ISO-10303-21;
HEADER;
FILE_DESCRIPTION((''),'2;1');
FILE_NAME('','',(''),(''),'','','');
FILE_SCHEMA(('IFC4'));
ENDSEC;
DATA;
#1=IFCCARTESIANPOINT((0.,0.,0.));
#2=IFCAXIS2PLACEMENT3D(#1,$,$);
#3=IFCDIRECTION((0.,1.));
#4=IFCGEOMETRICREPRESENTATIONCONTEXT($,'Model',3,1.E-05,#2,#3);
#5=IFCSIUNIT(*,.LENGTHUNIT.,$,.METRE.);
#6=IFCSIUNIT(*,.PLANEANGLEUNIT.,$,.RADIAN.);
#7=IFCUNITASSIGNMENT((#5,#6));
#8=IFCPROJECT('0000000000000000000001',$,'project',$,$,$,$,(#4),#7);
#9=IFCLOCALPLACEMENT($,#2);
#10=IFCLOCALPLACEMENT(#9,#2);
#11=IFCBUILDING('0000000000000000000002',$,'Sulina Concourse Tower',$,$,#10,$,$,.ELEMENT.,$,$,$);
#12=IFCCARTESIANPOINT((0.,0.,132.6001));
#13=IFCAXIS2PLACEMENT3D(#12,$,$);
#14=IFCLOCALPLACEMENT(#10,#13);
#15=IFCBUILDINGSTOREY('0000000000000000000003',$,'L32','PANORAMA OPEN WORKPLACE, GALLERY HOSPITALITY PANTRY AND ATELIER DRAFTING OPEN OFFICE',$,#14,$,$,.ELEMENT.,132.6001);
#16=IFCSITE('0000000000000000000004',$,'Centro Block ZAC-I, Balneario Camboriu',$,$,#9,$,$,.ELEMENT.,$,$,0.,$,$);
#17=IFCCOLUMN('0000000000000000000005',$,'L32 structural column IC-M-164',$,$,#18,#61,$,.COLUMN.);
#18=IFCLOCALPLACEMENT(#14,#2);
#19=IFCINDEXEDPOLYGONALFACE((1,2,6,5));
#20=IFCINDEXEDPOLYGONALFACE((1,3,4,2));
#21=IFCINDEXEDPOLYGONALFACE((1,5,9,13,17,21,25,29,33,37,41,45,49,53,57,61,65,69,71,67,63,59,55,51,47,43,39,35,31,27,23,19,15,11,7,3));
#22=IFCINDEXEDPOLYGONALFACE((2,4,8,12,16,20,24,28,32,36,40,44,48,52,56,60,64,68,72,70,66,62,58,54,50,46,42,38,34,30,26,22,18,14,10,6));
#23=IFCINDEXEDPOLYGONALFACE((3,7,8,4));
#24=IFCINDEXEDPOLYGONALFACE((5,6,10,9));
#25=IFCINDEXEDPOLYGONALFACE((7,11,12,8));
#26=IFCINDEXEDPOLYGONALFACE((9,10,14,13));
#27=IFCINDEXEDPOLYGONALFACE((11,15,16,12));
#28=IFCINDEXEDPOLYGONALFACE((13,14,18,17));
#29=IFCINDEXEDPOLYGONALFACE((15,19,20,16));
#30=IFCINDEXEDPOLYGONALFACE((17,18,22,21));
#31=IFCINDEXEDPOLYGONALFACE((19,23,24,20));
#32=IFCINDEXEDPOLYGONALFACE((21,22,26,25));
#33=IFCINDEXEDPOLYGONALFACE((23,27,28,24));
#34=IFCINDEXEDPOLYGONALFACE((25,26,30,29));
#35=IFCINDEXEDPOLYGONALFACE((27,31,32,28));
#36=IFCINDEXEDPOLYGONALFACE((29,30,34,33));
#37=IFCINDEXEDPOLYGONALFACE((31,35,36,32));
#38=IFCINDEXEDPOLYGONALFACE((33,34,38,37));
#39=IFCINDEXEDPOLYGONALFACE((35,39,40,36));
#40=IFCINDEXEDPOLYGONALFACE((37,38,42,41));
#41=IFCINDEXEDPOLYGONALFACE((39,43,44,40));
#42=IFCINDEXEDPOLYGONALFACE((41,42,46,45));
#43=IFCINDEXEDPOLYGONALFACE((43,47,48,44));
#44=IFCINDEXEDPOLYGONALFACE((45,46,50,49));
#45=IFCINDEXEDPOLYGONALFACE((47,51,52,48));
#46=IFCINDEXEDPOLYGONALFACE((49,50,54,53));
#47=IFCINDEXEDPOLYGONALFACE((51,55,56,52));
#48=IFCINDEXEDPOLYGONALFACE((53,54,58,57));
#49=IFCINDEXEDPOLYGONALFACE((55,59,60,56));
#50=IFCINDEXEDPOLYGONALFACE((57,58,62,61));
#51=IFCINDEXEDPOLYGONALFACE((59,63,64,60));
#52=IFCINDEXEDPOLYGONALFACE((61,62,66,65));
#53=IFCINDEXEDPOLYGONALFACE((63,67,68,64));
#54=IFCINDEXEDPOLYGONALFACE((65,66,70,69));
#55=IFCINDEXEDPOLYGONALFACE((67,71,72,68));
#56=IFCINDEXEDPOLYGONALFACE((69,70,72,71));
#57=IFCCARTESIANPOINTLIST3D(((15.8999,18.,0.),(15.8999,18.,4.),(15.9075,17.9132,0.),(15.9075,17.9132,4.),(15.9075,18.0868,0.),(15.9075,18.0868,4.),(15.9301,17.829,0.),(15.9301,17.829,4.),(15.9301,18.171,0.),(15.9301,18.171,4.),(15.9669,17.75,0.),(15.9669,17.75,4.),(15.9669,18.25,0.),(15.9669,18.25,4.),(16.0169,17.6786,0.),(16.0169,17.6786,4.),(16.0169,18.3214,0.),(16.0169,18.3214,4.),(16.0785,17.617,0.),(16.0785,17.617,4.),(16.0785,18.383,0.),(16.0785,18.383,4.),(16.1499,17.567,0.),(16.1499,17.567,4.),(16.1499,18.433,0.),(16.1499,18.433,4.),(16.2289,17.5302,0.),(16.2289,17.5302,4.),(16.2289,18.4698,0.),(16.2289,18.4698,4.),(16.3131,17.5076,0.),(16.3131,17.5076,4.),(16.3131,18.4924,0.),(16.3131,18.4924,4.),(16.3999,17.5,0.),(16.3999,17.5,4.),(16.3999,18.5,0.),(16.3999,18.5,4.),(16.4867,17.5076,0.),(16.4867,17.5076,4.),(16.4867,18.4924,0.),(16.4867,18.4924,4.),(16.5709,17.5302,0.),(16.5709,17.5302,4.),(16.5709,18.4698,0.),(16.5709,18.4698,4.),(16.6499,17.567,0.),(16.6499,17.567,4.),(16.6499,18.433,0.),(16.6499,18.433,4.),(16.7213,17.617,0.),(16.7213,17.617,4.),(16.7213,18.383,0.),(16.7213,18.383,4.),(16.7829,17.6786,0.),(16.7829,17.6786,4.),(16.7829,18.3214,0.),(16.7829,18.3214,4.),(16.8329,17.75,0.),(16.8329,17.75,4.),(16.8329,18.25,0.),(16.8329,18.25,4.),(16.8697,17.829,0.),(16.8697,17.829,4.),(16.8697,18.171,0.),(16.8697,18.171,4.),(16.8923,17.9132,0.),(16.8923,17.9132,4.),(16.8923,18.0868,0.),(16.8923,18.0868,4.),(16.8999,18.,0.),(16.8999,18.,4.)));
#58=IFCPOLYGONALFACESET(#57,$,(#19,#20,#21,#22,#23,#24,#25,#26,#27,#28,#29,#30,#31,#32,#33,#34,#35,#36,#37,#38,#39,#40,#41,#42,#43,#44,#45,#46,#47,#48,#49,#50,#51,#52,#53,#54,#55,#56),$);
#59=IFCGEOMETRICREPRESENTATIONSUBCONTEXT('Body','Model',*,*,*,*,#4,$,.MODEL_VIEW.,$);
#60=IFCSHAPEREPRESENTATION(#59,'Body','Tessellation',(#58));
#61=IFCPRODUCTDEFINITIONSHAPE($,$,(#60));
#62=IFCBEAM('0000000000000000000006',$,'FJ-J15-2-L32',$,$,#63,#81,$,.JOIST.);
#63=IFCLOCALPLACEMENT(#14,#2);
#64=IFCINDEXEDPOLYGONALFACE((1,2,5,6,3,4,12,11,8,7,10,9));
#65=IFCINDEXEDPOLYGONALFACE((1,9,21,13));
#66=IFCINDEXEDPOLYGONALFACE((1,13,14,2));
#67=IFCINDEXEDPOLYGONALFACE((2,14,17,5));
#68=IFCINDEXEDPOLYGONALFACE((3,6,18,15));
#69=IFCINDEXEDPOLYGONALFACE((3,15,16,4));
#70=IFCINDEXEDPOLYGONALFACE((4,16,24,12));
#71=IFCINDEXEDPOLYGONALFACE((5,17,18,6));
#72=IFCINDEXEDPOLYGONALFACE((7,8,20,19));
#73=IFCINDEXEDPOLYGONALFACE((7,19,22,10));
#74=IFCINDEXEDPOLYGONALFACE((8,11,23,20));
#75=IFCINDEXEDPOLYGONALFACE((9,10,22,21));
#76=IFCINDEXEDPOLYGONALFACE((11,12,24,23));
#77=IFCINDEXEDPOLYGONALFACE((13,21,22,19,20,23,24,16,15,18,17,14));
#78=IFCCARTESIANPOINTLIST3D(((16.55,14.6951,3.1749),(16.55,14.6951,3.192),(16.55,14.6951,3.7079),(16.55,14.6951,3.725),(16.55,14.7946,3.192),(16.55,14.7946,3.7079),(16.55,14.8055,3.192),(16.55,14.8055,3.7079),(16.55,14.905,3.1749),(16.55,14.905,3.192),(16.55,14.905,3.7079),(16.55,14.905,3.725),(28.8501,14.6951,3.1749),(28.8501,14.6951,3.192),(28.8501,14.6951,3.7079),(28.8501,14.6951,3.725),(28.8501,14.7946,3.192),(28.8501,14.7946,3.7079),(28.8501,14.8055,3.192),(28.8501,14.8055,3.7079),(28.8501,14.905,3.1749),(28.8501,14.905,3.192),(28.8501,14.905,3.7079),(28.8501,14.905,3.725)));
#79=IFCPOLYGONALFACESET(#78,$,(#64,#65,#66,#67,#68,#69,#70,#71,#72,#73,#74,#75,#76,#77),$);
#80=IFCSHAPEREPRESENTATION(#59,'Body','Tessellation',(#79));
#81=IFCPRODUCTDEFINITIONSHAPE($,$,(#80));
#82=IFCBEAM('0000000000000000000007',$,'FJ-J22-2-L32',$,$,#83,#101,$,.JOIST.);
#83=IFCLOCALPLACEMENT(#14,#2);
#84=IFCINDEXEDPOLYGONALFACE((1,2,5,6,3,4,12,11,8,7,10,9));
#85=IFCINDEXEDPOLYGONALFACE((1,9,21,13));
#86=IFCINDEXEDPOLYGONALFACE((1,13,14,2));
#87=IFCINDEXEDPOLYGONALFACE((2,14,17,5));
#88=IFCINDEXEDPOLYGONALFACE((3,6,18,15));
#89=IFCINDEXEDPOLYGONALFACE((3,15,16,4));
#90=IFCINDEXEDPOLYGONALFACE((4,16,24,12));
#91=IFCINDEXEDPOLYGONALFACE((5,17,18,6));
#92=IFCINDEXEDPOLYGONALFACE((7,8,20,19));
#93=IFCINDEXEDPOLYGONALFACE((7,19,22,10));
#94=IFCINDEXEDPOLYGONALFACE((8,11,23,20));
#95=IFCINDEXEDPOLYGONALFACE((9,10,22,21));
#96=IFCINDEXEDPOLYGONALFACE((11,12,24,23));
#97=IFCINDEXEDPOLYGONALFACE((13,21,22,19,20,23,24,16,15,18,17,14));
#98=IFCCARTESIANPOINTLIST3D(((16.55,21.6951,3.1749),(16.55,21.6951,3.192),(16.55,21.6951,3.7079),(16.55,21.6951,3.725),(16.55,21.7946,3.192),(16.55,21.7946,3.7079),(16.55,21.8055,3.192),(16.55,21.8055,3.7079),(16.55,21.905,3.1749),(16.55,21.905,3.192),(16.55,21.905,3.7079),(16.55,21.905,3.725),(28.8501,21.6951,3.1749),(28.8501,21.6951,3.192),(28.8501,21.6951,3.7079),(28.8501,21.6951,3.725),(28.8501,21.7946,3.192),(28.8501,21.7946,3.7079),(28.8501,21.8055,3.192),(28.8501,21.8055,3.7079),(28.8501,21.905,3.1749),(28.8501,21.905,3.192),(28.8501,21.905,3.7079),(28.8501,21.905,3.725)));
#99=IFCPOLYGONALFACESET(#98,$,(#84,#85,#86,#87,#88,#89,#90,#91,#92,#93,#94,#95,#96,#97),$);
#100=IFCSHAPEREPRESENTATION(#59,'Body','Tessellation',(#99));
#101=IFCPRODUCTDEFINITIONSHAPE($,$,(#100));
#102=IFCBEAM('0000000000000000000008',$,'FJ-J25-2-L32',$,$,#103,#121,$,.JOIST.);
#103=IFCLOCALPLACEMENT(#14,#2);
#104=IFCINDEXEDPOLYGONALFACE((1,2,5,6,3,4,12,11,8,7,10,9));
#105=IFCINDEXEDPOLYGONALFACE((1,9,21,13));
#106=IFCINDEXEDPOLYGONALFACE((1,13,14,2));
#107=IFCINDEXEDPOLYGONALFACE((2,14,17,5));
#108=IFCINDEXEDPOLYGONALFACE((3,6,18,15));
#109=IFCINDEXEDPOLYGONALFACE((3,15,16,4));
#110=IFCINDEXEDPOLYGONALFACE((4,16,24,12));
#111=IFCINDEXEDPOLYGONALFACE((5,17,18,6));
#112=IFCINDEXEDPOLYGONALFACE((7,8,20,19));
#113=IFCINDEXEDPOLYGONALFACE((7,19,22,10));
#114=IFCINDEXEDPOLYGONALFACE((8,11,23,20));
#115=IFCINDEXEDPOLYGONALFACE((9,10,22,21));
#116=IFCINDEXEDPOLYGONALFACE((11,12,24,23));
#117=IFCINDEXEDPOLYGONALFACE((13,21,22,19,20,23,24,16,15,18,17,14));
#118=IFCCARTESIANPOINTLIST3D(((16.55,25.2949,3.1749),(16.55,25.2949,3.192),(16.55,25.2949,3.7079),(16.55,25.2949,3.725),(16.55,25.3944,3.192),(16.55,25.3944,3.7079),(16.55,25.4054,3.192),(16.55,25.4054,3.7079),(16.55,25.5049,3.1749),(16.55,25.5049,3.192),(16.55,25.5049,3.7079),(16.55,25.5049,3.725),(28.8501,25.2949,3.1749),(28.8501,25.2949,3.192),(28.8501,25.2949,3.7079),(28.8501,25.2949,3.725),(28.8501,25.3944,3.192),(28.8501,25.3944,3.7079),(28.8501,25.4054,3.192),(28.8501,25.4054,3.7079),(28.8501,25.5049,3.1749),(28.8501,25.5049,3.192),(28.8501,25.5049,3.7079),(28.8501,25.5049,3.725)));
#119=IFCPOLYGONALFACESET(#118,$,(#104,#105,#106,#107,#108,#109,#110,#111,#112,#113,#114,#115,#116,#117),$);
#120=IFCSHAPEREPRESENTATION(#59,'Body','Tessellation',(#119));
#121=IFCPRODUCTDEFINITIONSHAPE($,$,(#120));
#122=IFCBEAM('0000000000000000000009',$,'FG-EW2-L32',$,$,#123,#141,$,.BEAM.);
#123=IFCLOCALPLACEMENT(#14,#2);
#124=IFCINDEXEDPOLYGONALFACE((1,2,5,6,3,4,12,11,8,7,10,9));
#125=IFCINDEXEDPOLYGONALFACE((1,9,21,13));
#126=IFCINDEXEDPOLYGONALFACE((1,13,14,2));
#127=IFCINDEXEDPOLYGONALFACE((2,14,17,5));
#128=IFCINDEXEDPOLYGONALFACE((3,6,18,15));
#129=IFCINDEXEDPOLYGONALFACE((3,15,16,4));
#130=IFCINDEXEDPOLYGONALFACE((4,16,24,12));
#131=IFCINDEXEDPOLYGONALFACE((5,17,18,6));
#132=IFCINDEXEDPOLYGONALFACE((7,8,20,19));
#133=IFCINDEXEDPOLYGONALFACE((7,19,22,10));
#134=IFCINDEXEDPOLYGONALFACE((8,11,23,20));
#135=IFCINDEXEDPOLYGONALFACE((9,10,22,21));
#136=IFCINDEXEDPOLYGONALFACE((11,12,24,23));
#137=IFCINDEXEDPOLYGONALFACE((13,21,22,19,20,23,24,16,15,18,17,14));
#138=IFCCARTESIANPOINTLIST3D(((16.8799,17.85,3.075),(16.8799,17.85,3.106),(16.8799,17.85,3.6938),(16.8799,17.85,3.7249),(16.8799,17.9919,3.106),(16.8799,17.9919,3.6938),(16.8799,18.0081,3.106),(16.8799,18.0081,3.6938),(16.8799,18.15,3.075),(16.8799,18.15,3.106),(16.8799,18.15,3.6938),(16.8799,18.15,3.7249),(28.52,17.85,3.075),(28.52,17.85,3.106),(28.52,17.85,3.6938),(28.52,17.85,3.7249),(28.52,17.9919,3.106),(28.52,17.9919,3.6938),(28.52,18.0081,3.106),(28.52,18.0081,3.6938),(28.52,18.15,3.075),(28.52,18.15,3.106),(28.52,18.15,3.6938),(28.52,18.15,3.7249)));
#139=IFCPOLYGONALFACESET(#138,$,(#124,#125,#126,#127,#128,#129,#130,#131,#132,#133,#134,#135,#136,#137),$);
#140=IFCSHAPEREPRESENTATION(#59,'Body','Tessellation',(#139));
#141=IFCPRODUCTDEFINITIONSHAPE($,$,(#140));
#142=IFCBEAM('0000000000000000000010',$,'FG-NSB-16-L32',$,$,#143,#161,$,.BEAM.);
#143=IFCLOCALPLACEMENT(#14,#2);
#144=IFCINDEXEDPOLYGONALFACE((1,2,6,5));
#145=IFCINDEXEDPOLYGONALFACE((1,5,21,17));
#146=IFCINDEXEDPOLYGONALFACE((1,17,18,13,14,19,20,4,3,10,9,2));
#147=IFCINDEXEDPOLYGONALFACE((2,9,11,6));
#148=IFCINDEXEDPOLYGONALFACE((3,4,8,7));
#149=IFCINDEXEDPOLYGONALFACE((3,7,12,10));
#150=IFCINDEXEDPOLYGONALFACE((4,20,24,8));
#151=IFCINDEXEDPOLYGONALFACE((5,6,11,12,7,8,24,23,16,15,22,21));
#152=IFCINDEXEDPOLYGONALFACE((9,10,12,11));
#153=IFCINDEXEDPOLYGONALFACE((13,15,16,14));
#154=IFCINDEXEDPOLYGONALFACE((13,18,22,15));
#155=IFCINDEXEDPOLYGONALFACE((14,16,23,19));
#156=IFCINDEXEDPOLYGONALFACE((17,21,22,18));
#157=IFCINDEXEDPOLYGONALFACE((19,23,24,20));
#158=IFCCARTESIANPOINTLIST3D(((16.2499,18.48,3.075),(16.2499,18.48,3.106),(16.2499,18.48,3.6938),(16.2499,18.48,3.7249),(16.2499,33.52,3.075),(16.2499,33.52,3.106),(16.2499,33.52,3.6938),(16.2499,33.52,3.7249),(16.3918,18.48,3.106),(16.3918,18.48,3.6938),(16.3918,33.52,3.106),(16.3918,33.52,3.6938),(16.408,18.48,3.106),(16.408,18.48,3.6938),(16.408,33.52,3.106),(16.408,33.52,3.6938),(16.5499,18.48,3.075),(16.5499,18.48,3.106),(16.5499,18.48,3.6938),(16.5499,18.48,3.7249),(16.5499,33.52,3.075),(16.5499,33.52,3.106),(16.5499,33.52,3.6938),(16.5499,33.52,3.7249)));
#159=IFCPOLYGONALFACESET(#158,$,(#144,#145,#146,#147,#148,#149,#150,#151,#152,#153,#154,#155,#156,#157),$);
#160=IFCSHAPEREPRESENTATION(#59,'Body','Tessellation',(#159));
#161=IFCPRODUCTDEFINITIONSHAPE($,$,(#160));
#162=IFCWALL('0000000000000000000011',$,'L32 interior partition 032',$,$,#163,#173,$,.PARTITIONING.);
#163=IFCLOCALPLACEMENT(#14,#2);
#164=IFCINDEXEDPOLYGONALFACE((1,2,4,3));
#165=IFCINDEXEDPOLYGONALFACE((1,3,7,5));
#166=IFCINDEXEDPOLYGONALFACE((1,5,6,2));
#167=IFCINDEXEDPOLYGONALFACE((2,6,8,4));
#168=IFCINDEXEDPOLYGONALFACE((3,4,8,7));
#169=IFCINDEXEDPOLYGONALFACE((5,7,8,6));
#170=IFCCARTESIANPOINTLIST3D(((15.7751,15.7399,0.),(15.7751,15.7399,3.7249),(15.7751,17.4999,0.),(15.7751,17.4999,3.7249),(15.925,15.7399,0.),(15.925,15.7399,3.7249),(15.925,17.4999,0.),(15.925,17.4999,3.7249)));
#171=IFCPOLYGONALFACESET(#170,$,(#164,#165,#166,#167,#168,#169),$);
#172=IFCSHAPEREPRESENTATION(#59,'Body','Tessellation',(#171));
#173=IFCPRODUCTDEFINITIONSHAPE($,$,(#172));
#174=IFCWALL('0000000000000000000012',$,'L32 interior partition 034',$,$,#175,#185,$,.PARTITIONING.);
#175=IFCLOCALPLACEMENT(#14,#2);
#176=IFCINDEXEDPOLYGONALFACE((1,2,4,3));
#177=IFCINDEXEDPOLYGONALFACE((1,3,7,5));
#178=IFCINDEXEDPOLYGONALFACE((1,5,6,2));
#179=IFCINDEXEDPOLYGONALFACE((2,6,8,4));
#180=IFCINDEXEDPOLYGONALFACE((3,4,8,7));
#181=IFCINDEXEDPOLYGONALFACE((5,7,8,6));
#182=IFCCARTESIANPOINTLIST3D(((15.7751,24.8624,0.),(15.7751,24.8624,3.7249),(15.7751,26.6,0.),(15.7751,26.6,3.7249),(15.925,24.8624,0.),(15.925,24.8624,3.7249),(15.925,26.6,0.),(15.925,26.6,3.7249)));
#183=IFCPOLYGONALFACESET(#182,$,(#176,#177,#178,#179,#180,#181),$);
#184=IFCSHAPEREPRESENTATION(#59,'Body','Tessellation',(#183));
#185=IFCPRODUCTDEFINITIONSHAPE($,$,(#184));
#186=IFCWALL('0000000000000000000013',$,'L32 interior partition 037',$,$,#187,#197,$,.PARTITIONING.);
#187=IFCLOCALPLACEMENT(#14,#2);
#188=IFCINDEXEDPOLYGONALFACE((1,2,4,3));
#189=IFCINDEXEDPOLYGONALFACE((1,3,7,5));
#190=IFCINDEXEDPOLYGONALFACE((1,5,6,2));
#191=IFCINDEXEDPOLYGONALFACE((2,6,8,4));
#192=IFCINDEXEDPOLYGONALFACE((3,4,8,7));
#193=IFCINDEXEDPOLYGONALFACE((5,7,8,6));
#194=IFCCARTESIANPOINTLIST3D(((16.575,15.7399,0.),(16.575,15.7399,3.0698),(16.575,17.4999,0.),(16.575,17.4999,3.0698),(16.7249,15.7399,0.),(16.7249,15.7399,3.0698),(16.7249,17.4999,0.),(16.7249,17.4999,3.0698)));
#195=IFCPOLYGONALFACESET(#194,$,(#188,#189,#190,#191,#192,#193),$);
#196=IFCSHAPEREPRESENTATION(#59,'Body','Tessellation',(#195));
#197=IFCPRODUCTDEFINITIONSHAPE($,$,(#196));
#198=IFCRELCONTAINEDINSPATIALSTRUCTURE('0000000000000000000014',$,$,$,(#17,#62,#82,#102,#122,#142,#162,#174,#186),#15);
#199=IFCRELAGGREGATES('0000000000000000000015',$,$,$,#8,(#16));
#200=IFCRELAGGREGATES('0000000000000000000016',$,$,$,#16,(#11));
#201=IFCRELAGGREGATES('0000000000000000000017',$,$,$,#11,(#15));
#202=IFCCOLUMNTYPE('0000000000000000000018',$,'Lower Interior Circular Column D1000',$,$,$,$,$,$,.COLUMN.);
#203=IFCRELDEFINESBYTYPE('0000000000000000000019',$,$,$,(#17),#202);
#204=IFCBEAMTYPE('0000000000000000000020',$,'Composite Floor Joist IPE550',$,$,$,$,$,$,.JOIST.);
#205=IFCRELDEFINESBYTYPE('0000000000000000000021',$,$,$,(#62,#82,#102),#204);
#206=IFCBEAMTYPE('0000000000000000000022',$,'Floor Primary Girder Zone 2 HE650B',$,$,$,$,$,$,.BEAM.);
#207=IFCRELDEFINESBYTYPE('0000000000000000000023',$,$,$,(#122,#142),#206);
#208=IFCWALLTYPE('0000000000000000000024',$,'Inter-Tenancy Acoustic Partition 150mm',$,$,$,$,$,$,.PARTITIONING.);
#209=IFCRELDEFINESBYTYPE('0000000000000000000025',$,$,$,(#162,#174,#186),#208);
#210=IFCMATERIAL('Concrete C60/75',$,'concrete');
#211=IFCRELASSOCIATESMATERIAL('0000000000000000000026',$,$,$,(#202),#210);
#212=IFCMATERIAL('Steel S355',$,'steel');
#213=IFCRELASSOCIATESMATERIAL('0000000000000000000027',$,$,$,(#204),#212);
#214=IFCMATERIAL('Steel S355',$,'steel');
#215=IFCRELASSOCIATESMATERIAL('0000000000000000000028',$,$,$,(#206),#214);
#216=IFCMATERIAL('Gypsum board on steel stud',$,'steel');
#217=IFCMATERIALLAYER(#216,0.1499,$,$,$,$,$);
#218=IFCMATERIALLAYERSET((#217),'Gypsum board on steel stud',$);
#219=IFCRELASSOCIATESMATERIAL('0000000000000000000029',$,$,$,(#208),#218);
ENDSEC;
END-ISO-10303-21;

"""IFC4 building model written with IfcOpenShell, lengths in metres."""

from ifc_helpers import new_model, si_unit, direction, frame, frame_2d, origin, origin_2d, place, context, subcontext, project, spatial, rectangle, circle, i_section, extrude, material, layer, layer_set, material_profile, profile_set, type_object, element, save


model = new_model("IFC4")

# Units and contexts
model_context = context("Model", 3, precision=1e-05, world=origin(), true_north=direction((0.0, 1.0)))
body_context = subcontext(model_context, "Body", "Model", "MODEL_VIEW")
ifc_project = project(units=[si_unit("LENGTHUNIT", "METRE"), si_unit("PLANEANGLEUNIT", "RADIAN")], contexts=[model_context])

# Site, building, storey
site_placement = place(None, origin())
site = spatial("IfcSite", under=ifc_project, at=site_placement, Name="Centro Block ZAC-I, Balneario Camboriu", CompositionType="ELEMENT", RefElevation=0.0)
building_placement = place(site_placement, origin())
building = spatial("IfcBuilding", under=site, at=building_placement, Name="Sulina Concourse Tower", CompositionType="ELEMENT")
storey_placement = place(building_placement, frame((0.0, 0.0, 132.6001)))
storey = spatial("IfcBuildingStorey", under=building, at=storey_placement, Name="L32", Description="PANORAMA OPEN WORKPLACE, GALLERY HOSPITALITY PANTRY AND ATELIER DRAFTING OPEN OFFICE", CompositionType="ELEMENT", Elevation=132.6001)

# Column
ifc_material_1 = material(Name="Concrete C60/75", Category="concrete")
ifc_material_profile_1 = material_profile(ifc_material_1, circle(Radius=0.5, at=origin_2d()), Name="RC D1000")
ifc_profile_set_1 = profile_set([ifc_material_profile_1], Name="Concrete C60/75")
column_type = type_object("IfcColumnType", Name="Lower Interior Circular Column D1000", PredefinedType="COLUMN", material=ifc_profile_set_1)
column_placement = place(storey_placement, frame((16.3999, 18.0, 0.0), z_axis=(0.0, 0.0, 1.0), x_axis=(1.0, 0.0, 0.0)))
element("IfcColumn", 1, at=column_placement, inside=storey, type_object=column_type, Name="L32 structural column IC-M-164", PredefinedType="COLUMN", context=body_context, shape_type="SweptSolid", body=[
    extrude(circle(Radius=0.5, at=origin_2d()), origin(), (0.0, 0.0, 1.0), 4.0),
])

# Beams
ifc_material_2 = material(Name="Steel S355", Category="steel")
ifc_material_profile_2 = material_profile(ifc_material_2, i_section(OverallWidth=0.21, OverallDepth=0.55, WebThickness=0.011, FlangeThickness=0.0171, at=origin_2d()), Name="IPE 550")
ifc_profile_set_2 = profile_set([ifc_material_profile_2], Name="Steel S355")
beam_type_1 = type_object("IfcBeamType", Name="Composite Floor Joist IPE550", PredefinedType="JOIST", material=ifc_profile_set_2)
for number, where, z_axis, x_axis, name in (
    (2, (16.55, 14.8, 3.45), (1.0, 0.0, 0.0), (0.0, 1.0, 0.0), "FJ-J15-2-L32"),
    (3, (16.55, 21.8, 3.45), (1.0, 0.0, 0.0), (0.0, 1.0, 0.0), "FJ-J22-2-L32"),
    (4, (16.55, 25.3999, 3.45), (1.0, 0.0, 0.0), (0.0, 1.0, 0.0), "FJ-J25-2-L32"),
):
    element("IfcBeam", number, at=place(storey_placement, frame(where, z_axis=z_axis, x_axis=x_axis)), inside=storey, type_object=beam_type_1, Name=name, PredefinedType="JOIST", context=body_context, shape_type="SweptSolid", body=[
        extrude(i_section(OverallWidth=0.21, OverallDepth=0.55, WebThickness=0.011, FlangeThickness=0.0171, at=origin_2d()), origin(), (0.0, 0.0, 1.0), 12.3),
    ])
ifc_material_3 = material(Name="Steel S355", Category="steel")
ifc_material_profile_3 = material_profile(ifc_material_3, i_section(OverallWidth=0.3, OverallDepth=0.6499, WebThickness=0.0161, FlangeThickness=0.031, at=origin_2d()), Name="HE 650 B")
ifc_profile_set_3 = profile_set([ifc_material_profile_3], Name="Steel S355")
beam_type_2 = type_object("IfcBeamType", Name="Floor Primary Girder Zone 2 HE650B", PredefinedType="BEAM", material=ifc_profile_set_3)
beam_1_placement = place(storey_placement, frame((16.8799, 18.0, 3.3999), z_axis=(1.0, 0.0, 0.0), x_axis=(0.0, 1.0, 0.0)))
element("IfcBeam", 5, at=beam_1_placement, inside=storey, type_object=beam_type_2, Name="FG-EW2-L32", PredefinedType="BEAM", context=body_context, shape_type="SweptSolid", body=[
    extrude(i_section(OverallWidth=0.3, OverallDepth=0.6499, WebThickness=0.0161, FlangeThickness=0.031, at=origin_2d()), origin(), (0.0, 0.0, 1.0), 11.6401),
])
beam_2_placement = place(storey_placement, frame((16.3999, 18.48, 3.3999), z_axis=(0.0, 1.0, 0.0), x_axis=(-1.0, 0.0, 0.0)))
element("IfcBeam", 6, at=beam_2_placement, inside=storey, type_object=beam_type_2, Name="FG-NSB-16-L32", PredefinedType="BEAM", context=body_context, shape_type="SweptSolid", body=[
    extrude(i_section(OverallWidth=0.3, OverallDepth=0.6499, WebThickness=0.0161, FlangeThickness=0.031, at=origin_2d()), origin(), (0.0, 0.0, 1.0), 15.04),
])

# Walls
ifc_material_4 = material(Name="Gypsum board on steel stud", Category="steel")
ifc_layer_1 = layer(ifc_material_4, 0.1499)
ifc_layer_set_1 = layer_set([ifc_layer_1], Name="Gypsum board on steel stud")
wall_type_1 = type_object("IfcWallType", Name="Inter-Tenancy Acoustic Partition 150mm", PredefinedType="PARTITIONING", material=ifc_layer_set_1)
wall_1_placement = place(storey_placement, frame((15.8501, 15.74, 0.0), z_axis=(0.0, 0.0, 1.0), x_axis=(0.0, 1.0, 0.0)))
element("IfcWall", 7, at=wall_1_placement, inside=storey, type_object=wall_type_1, Name="L32 interior partition 032", PredefinedType="PARTITIONING", context=body_context, shape_type="SweptSolid", body=[
    extrude(rectangle(XDim=1.76, YDim=0.1499, at=frame_2d((0.8799, 0.0))), origin(), (0.0, 0.0, 1.0), 3.7249),
])
wall_2_placement = place(storey_placement, frame((15.8501, 24.8625, 0.0), z_axis=(0.0, 0.0, 1.0), x_axis=(0.0, 1.0, 0.0)))
element("IfcWall", 8, at=wall_2_placement, inside=storey, type_object=wall_type_1, Name="L32 interior partition 034", PredefinedType="PARTITIONING", context=body_context, shape_type="SweptSolid", body=[
    extrude(rectangle(XDim=1.7375, YDim=0.1499, at=frame_2d((0.8687, 0.0))), origin(), (0.0, 0.0, 1.0), 3.7249),
])
wall_3_placement = place(storey_placement, frame((16.6499, 15.74, 0.0), z_axis=(0.0, 0.0, 1.0), x_axis=(0.0, 1.0, 0.0)))
element("IfcWall", 9, at=wall_3_placement, inside=storey, type_object=wall_type_1, Name="L32 interior partition 037", PredefinedType="PARTITIONING", context=body_context, shape_type="SweptSolid", body=[
    extrude(rectangle(XDim=1.76, YDim=0.1499, at=frame_2d((0.8799, 0.0))), origin(), (0.0, 0.0, 1.0), 3.0698),
])

save(model, "model.ifc")
